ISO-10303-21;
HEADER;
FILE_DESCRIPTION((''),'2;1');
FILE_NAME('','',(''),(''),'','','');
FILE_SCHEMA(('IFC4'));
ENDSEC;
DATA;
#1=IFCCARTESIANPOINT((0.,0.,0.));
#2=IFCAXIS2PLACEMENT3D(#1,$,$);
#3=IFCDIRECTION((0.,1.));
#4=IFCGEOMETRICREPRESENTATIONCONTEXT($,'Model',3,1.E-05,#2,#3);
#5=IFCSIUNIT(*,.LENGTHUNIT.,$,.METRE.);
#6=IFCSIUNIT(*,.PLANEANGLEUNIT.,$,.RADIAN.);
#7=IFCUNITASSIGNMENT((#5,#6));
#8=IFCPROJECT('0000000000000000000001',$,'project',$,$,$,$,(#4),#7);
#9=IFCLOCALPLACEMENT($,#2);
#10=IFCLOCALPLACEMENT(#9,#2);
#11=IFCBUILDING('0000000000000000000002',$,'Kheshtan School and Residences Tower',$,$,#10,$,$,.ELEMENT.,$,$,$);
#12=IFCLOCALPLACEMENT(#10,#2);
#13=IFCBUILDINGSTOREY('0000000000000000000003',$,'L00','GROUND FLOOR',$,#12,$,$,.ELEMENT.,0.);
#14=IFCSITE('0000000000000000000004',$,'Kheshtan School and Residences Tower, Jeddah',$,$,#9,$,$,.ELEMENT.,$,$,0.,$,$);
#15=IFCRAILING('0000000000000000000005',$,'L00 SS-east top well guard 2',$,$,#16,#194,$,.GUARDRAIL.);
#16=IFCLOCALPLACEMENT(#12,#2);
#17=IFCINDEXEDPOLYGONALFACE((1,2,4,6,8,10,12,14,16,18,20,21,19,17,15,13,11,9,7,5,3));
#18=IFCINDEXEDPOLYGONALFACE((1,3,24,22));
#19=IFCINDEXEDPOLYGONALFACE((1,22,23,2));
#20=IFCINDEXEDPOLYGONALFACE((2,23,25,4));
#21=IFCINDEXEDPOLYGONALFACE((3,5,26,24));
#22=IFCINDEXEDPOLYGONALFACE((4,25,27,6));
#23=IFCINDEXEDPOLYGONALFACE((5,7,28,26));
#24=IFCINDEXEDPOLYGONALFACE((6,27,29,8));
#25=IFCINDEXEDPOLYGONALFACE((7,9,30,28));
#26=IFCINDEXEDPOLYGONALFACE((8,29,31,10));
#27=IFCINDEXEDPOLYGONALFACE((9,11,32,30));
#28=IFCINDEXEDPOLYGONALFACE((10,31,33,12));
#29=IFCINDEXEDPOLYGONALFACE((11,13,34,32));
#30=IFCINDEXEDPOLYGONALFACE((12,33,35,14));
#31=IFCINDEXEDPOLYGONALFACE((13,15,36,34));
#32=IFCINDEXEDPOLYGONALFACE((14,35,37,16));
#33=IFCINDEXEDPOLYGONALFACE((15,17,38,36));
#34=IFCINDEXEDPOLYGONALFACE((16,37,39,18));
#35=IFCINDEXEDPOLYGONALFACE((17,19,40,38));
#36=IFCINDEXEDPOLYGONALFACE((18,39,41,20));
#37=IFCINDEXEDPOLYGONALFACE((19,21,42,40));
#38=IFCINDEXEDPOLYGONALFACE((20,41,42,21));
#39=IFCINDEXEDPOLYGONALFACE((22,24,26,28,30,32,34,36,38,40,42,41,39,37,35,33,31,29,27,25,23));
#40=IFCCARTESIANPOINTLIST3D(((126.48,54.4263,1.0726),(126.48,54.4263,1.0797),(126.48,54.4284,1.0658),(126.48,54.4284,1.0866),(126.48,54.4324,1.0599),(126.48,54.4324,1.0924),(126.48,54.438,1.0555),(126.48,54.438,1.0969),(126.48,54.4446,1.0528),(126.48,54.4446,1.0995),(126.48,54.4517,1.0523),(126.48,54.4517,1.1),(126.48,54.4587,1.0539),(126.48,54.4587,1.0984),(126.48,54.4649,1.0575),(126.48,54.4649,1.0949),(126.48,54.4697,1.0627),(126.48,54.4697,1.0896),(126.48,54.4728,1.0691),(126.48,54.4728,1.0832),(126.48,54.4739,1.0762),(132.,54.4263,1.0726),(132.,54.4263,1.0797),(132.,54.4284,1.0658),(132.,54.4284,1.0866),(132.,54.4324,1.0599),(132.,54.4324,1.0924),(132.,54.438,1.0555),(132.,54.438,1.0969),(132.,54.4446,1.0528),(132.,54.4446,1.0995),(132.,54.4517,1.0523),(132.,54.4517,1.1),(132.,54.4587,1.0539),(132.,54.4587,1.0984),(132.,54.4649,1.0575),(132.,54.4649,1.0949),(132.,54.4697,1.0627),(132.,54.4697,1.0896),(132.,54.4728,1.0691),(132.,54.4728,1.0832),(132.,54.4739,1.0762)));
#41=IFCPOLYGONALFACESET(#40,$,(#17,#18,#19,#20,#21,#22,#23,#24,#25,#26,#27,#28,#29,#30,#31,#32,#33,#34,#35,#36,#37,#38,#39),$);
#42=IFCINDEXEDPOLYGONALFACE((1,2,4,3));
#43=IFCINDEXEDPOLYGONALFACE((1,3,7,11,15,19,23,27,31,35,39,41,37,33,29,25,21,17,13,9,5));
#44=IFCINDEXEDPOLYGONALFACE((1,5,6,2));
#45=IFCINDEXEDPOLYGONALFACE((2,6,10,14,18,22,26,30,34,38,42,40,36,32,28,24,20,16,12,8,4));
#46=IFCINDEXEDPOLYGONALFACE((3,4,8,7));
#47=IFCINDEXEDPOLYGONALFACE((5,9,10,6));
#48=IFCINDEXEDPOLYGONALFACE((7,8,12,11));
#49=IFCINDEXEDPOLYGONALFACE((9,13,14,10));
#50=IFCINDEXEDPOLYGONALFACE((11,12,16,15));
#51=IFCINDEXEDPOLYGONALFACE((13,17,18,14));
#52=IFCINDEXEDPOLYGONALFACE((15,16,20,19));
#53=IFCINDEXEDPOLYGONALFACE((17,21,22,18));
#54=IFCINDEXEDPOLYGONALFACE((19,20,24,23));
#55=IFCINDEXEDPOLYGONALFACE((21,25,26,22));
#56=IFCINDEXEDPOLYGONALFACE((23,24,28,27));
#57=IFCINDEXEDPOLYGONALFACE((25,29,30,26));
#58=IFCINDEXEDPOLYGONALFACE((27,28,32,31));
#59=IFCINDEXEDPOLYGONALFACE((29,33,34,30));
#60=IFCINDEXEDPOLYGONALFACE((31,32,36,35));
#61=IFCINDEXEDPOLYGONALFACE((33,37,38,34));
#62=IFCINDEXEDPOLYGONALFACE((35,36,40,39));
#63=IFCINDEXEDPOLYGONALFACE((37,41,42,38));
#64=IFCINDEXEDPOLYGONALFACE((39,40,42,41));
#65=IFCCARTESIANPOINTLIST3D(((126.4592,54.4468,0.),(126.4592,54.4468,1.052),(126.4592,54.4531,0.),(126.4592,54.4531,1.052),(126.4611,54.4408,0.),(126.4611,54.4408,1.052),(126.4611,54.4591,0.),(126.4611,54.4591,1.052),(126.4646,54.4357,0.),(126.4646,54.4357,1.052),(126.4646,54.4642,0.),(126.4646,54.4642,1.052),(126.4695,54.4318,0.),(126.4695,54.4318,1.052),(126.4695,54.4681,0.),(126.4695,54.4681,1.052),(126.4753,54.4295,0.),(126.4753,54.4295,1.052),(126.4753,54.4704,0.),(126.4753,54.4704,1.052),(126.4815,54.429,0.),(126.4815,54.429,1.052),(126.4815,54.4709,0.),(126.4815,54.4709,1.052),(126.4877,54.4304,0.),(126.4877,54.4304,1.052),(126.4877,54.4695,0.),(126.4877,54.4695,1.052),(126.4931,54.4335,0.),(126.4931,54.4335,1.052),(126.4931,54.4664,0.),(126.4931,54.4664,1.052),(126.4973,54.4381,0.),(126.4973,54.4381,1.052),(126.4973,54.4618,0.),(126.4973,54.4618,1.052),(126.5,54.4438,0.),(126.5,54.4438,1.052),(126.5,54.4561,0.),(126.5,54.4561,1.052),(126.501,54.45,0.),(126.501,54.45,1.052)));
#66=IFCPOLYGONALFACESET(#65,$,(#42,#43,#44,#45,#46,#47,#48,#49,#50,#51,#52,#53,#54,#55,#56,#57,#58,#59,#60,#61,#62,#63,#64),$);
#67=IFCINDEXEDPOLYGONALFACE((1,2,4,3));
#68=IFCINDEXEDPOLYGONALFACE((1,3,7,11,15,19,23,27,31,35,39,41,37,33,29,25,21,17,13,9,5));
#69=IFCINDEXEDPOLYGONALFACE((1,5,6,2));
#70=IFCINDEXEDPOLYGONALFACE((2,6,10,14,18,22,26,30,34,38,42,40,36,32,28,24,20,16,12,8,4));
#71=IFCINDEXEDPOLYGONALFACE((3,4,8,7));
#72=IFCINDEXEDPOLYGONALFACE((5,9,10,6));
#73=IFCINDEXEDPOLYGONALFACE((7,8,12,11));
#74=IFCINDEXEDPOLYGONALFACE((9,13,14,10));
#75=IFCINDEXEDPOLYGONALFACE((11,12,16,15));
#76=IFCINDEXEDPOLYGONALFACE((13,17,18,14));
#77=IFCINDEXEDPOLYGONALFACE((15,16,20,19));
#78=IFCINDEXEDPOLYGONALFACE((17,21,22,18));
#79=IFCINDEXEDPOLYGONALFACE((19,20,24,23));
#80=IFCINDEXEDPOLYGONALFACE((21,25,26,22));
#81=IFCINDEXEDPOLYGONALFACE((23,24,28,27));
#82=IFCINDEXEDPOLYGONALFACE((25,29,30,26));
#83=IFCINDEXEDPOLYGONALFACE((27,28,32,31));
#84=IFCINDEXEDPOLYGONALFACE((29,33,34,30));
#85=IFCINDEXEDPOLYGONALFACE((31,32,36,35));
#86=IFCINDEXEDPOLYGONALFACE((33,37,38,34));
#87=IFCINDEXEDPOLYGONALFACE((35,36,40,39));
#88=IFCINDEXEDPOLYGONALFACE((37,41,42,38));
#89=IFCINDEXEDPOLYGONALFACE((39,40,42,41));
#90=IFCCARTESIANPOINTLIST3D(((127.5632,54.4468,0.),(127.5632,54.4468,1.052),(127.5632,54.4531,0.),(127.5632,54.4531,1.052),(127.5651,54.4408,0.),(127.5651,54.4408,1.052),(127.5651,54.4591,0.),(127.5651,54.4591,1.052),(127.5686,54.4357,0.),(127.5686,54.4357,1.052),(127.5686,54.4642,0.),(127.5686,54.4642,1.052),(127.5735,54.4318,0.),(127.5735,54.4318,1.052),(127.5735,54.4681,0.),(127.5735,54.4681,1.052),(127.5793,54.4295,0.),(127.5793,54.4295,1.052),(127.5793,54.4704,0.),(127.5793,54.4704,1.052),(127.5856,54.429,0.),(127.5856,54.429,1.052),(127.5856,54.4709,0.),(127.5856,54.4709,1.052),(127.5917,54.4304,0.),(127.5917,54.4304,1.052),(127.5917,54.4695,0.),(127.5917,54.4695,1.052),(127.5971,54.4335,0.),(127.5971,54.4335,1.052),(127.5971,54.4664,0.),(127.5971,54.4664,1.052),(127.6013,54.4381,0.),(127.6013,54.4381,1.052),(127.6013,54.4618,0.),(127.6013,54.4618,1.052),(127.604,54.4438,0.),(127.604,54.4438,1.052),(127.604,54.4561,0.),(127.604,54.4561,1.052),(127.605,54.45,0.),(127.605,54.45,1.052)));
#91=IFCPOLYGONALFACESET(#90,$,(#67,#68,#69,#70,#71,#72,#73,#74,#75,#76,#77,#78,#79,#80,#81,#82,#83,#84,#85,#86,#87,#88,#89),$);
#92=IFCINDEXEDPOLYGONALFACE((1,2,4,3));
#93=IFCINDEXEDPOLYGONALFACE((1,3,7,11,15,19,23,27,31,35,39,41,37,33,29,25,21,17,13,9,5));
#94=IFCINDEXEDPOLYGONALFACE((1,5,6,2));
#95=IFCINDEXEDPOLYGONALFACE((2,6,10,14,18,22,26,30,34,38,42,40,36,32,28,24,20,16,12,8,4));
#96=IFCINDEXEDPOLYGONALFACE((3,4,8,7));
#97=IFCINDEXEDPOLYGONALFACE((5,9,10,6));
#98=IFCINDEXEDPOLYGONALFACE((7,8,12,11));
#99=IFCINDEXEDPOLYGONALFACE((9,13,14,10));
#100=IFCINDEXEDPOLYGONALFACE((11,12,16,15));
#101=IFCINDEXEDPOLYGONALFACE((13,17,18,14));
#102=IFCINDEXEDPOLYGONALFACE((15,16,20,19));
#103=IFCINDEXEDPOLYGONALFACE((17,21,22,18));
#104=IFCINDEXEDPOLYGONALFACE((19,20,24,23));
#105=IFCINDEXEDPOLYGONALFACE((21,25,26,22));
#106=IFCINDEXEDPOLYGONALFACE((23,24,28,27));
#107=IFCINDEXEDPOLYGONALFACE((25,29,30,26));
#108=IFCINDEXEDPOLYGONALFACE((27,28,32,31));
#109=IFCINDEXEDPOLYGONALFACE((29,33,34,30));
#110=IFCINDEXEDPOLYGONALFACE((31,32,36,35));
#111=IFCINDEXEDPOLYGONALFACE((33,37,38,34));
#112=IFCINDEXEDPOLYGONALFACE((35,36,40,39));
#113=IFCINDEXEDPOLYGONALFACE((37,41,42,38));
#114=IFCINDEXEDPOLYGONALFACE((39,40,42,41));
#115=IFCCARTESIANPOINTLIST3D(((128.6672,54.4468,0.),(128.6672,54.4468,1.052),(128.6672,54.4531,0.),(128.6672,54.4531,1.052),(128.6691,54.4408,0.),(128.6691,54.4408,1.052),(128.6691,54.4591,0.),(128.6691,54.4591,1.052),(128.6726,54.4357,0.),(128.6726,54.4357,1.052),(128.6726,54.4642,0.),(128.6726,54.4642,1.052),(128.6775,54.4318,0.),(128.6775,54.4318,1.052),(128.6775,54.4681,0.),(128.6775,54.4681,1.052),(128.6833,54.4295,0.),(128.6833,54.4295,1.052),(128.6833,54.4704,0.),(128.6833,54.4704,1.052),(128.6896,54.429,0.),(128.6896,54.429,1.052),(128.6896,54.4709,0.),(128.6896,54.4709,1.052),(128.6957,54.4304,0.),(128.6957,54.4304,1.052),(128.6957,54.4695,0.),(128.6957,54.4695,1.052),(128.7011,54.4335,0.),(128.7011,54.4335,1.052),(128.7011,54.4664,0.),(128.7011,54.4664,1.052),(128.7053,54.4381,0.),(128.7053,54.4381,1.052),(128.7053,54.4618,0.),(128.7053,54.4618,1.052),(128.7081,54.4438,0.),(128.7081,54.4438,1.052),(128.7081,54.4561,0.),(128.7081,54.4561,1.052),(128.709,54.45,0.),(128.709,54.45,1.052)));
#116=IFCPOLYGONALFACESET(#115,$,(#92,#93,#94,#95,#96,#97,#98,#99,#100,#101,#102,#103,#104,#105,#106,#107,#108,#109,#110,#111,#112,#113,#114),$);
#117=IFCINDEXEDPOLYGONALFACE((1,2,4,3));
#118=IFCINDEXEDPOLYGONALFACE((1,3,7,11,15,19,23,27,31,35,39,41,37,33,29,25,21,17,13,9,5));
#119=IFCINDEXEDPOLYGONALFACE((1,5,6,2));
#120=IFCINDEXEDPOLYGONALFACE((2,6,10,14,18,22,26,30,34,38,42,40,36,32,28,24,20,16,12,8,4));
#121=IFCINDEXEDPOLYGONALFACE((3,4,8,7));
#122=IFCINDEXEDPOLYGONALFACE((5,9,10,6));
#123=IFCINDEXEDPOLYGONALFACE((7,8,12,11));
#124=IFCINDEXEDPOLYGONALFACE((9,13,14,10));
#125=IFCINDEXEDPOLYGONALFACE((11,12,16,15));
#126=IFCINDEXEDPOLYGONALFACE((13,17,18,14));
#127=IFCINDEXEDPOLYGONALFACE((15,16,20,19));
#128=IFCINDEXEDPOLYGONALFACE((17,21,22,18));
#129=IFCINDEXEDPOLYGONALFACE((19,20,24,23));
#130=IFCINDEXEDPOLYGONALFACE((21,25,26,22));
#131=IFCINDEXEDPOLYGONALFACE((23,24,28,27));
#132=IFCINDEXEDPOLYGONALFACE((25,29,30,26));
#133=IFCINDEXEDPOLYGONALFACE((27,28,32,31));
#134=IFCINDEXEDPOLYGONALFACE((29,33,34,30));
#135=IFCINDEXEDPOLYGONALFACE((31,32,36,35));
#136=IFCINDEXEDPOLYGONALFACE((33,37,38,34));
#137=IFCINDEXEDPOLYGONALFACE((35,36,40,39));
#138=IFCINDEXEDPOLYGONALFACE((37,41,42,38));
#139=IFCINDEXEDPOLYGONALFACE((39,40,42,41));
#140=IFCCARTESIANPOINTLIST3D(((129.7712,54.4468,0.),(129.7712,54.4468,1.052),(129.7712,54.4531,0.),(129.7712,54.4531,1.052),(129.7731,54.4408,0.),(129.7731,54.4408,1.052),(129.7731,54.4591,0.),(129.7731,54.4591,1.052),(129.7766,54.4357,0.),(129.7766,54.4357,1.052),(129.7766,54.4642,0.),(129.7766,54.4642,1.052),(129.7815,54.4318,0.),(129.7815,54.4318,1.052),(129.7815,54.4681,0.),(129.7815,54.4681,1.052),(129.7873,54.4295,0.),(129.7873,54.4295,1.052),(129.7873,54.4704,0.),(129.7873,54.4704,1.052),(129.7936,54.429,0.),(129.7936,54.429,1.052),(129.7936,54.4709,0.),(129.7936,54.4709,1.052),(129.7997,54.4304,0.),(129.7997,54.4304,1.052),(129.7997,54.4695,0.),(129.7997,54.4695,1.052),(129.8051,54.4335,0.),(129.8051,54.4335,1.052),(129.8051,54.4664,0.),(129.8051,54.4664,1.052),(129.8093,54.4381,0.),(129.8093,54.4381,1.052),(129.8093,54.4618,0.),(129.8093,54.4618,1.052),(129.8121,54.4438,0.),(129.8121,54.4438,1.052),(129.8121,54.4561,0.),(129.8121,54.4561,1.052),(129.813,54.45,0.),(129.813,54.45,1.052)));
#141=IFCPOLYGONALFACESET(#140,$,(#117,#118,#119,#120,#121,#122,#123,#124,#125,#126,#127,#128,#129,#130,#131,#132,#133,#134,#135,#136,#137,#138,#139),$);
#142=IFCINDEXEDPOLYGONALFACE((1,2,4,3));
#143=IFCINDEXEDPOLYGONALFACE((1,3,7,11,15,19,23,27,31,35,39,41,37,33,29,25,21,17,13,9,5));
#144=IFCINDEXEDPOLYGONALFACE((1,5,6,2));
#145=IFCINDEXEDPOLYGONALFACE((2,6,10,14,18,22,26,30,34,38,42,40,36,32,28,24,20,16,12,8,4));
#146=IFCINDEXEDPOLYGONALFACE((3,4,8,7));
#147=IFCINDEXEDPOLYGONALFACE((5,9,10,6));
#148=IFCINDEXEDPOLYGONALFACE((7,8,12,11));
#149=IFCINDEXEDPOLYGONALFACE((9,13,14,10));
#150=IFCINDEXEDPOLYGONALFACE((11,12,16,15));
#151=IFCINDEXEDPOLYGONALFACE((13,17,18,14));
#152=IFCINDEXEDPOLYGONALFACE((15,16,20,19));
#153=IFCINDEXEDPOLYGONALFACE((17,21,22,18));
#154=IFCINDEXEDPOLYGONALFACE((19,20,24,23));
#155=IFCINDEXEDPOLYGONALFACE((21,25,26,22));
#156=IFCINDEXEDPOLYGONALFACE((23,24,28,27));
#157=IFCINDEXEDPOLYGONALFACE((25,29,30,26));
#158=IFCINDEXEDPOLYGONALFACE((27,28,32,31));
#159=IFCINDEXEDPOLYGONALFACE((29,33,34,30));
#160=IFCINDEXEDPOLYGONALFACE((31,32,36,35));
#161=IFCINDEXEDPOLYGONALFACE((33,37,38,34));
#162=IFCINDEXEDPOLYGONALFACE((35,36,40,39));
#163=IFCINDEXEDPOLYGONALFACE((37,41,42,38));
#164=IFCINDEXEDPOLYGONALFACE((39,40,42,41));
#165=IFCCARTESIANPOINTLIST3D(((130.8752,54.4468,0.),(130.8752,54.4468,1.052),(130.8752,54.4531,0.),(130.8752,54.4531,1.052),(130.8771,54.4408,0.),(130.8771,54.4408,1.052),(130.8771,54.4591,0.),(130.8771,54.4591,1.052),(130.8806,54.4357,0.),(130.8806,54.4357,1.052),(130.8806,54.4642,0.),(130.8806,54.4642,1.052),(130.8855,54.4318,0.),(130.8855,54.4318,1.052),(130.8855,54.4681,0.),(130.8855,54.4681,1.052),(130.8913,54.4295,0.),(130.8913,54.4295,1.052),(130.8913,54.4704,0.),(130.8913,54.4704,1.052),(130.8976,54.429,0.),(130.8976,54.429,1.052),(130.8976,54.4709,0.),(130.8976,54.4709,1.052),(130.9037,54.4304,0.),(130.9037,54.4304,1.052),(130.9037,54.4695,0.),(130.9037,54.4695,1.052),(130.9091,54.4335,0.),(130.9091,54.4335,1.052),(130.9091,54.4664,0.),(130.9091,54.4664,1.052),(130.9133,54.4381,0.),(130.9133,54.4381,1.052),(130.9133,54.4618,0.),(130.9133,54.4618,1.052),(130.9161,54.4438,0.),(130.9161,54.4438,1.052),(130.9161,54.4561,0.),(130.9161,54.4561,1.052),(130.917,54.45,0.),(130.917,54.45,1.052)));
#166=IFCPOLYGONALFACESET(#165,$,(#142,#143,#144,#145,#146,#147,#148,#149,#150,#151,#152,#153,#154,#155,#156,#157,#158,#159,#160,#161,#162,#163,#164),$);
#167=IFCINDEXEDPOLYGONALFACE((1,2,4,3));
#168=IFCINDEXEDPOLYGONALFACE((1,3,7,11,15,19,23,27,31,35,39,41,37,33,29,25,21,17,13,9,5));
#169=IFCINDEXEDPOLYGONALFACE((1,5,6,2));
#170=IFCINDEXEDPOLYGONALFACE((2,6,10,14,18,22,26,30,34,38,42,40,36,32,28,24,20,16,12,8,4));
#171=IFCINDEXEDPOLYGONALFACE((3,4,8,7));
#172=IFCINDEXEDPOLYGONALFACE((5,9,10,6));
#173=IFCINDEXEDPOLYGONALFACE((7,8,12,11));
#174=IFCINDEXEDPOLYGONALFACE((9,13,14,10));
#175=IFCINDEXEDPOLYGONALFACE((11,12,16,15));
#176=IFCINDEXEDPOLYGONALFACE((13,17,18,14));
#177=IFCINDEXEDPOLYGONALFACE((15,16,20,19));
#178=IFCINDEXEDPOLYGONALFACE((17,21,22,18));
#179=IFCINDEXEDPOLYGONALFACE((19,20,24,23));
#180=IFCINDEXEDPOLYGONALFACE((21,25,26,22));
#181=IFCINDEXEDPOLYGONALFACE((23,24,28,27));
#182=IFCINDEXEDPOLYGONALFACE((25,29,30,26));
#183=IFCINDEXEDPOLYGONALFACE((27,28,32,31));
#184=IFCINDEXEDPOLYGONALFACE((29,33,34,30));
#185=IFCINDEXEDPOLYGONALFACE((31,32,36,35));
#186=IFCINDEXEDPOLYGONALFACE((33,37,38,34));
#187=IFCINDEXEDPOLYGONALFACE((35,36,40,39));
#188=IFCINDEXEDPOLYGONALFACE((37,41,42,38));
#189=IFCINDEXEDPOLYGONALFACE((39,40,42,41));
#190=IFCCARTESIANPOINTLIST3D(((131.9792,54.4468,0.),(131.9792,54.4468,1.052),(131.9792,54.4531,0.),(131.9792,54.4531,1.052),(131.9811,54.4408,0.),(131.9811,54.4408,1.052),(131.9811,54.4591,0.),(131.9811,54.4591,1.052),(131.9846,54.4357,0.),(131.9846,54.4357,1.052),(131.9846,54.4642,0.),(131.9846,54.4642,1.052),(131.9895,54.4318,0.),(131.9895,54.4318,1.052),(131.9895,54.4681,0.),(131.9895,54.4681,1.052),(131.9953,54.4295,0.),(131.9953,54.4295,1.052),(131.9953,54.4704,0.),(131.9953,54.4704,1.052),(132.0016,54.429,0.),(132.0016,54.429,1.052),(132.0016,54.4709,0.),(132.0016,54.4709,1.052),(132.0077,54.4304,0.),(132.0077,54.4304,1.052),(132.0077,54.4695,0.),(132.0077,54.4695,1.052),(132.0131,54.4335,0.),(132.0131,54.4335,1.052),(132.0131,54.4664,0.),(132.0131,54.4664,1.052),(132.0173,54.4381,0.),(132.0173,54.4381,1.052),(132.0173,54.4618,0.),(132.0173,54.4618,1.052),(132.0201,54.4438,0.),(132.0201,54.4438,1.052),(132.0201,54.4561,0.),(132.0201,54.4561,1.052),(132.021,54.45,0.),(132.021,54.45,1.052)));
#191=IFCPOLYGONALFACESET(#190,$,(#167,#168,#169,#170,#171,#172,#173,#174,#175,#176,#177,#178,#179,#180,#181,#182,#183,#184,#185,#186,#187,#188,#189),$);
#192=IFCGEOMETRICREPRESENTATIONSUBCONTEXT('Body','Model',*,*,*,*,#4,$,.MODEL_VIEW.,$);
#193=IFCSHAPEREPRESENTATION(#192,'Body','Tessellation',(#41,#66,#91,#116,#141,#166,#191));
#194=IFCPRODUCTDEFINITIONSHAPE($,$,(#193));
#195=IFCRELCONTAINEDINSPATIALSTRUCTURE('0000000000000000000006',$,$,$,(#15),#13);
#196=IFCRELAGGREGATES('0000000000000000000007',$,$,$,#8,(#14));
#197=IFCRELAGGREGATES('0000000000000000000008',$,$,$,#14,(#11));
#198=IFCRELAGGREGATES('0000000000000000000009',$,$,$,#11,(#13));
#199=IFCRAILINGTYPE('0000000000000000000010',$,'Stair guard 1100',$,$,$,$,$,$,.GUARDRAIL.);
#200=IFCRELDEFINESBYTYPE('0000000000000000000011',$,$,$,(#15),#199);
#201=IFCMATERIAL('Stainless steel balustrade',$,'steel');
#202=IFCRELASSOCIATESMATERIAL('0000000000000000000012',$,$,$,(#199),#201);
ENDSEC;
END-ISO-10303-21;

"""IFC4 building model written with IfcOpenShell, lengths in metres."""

from ifc_helpers import new_model, si_unit, direction, frame, origin, origin_2d, place, context, subcontext, project, spatial, circle, extrude, material, type_object, element, save


model = new_model("IFC4")

# Units and contexts
model_context = context("Model", 3, precision=1e-05, world=origin(), true_north=direction((0.0, 1.0)))
body_context = subcontext(model_context, "Body", "Model", "MODEL_VIEW")
ifc_project = project(units=[si_unit("LENGTHUNIT", "METRE"), si_unit("PLANEANGLEUNIT", "RADIAN")], contexts=[model_context])

# Site, building, storey
site_placement = place(None, origin())
site = spatial("IfcSite", under=ifc_project, at=site_placement, Name="Kheshtan School and Residences Tower, Jeddah", CompositionType="ELEMENT", RefElevation=0.0)
building_placement = place(site_placement, origin())
building = spatial("IfcBuilding", under=site, at=building_placement, Name="Kheshtan School and Residences Tower", CompositionType="ELEMENT")
storey_placement = place(building_placement, origin())
storey = spatial("IfcBuildingStorey", under=building, at=storey_placement, Name="L00", Description="GROUND FLOOR", CompositionType="ELEMENT", Elevation=0.0)

# Railing
ifc_material_1 = material(Name="Stainless steel balustrade", Category="steel")
railing_type_1 = type_object("IfcRailingType", Name="Stair guard 1100", PredefinedType="GUARDRAIL", material=ifc_material_1)
railing_1_placement = place(storey_placement, frame((126.48, 54.45, 0.0)))
element("IfcRailing", 1, at=railing_1_placement, inside=storey, type_object=railing_type_1, Name="L00 SS-east top well guard 2", PredefinedType="GUARDRAIL", context=body_context, shape_type="SweptSolid", body=[
    extrude(circle(Radius=0.0239, at=origin_2d()), frame((0.0, 0.0, 1.0762), z_axis=(1.0, 0.0, 0.0), x_axis=(0.0, 1.0, 0.0)), (0.0, 0.0, 1.0), 5.52),
    extrude(circle(Radius=0.021, at=origin_2d()), origin(), (0.0, 0.0, 1.0), 1.052),
    extrude(circle(Radius=0.021, at=origin_2d()), frame((1.104, 0.0, 0.0)), (0.0, 0.0, 1.0), 1.052),
    extrude(circle(Radius=0.021, at=origin_2d()), frame((2.208, 0.0, 0.0)), (0.0, 0.0, 1.0), 1.052),
    extrude(circle(Radius=0.021, at=origin_2d()), frame((3.312, 0.0, 0.0)), (0.0, 0.0, 1.0), 1.052),
    extrude(circle(Radius=0.021, at=origin_2d()), frame((4.416, 0.0, 0.0)), (0.0, 0.0, 1.0), 1.052),
    extrude(circle(Radius=0.021, at=origin_2d()), frame((5.52, 0.0, 0.0)), (0.0, 0.0, 1.0), 1.052),
])

save(model, "model.ifc")
